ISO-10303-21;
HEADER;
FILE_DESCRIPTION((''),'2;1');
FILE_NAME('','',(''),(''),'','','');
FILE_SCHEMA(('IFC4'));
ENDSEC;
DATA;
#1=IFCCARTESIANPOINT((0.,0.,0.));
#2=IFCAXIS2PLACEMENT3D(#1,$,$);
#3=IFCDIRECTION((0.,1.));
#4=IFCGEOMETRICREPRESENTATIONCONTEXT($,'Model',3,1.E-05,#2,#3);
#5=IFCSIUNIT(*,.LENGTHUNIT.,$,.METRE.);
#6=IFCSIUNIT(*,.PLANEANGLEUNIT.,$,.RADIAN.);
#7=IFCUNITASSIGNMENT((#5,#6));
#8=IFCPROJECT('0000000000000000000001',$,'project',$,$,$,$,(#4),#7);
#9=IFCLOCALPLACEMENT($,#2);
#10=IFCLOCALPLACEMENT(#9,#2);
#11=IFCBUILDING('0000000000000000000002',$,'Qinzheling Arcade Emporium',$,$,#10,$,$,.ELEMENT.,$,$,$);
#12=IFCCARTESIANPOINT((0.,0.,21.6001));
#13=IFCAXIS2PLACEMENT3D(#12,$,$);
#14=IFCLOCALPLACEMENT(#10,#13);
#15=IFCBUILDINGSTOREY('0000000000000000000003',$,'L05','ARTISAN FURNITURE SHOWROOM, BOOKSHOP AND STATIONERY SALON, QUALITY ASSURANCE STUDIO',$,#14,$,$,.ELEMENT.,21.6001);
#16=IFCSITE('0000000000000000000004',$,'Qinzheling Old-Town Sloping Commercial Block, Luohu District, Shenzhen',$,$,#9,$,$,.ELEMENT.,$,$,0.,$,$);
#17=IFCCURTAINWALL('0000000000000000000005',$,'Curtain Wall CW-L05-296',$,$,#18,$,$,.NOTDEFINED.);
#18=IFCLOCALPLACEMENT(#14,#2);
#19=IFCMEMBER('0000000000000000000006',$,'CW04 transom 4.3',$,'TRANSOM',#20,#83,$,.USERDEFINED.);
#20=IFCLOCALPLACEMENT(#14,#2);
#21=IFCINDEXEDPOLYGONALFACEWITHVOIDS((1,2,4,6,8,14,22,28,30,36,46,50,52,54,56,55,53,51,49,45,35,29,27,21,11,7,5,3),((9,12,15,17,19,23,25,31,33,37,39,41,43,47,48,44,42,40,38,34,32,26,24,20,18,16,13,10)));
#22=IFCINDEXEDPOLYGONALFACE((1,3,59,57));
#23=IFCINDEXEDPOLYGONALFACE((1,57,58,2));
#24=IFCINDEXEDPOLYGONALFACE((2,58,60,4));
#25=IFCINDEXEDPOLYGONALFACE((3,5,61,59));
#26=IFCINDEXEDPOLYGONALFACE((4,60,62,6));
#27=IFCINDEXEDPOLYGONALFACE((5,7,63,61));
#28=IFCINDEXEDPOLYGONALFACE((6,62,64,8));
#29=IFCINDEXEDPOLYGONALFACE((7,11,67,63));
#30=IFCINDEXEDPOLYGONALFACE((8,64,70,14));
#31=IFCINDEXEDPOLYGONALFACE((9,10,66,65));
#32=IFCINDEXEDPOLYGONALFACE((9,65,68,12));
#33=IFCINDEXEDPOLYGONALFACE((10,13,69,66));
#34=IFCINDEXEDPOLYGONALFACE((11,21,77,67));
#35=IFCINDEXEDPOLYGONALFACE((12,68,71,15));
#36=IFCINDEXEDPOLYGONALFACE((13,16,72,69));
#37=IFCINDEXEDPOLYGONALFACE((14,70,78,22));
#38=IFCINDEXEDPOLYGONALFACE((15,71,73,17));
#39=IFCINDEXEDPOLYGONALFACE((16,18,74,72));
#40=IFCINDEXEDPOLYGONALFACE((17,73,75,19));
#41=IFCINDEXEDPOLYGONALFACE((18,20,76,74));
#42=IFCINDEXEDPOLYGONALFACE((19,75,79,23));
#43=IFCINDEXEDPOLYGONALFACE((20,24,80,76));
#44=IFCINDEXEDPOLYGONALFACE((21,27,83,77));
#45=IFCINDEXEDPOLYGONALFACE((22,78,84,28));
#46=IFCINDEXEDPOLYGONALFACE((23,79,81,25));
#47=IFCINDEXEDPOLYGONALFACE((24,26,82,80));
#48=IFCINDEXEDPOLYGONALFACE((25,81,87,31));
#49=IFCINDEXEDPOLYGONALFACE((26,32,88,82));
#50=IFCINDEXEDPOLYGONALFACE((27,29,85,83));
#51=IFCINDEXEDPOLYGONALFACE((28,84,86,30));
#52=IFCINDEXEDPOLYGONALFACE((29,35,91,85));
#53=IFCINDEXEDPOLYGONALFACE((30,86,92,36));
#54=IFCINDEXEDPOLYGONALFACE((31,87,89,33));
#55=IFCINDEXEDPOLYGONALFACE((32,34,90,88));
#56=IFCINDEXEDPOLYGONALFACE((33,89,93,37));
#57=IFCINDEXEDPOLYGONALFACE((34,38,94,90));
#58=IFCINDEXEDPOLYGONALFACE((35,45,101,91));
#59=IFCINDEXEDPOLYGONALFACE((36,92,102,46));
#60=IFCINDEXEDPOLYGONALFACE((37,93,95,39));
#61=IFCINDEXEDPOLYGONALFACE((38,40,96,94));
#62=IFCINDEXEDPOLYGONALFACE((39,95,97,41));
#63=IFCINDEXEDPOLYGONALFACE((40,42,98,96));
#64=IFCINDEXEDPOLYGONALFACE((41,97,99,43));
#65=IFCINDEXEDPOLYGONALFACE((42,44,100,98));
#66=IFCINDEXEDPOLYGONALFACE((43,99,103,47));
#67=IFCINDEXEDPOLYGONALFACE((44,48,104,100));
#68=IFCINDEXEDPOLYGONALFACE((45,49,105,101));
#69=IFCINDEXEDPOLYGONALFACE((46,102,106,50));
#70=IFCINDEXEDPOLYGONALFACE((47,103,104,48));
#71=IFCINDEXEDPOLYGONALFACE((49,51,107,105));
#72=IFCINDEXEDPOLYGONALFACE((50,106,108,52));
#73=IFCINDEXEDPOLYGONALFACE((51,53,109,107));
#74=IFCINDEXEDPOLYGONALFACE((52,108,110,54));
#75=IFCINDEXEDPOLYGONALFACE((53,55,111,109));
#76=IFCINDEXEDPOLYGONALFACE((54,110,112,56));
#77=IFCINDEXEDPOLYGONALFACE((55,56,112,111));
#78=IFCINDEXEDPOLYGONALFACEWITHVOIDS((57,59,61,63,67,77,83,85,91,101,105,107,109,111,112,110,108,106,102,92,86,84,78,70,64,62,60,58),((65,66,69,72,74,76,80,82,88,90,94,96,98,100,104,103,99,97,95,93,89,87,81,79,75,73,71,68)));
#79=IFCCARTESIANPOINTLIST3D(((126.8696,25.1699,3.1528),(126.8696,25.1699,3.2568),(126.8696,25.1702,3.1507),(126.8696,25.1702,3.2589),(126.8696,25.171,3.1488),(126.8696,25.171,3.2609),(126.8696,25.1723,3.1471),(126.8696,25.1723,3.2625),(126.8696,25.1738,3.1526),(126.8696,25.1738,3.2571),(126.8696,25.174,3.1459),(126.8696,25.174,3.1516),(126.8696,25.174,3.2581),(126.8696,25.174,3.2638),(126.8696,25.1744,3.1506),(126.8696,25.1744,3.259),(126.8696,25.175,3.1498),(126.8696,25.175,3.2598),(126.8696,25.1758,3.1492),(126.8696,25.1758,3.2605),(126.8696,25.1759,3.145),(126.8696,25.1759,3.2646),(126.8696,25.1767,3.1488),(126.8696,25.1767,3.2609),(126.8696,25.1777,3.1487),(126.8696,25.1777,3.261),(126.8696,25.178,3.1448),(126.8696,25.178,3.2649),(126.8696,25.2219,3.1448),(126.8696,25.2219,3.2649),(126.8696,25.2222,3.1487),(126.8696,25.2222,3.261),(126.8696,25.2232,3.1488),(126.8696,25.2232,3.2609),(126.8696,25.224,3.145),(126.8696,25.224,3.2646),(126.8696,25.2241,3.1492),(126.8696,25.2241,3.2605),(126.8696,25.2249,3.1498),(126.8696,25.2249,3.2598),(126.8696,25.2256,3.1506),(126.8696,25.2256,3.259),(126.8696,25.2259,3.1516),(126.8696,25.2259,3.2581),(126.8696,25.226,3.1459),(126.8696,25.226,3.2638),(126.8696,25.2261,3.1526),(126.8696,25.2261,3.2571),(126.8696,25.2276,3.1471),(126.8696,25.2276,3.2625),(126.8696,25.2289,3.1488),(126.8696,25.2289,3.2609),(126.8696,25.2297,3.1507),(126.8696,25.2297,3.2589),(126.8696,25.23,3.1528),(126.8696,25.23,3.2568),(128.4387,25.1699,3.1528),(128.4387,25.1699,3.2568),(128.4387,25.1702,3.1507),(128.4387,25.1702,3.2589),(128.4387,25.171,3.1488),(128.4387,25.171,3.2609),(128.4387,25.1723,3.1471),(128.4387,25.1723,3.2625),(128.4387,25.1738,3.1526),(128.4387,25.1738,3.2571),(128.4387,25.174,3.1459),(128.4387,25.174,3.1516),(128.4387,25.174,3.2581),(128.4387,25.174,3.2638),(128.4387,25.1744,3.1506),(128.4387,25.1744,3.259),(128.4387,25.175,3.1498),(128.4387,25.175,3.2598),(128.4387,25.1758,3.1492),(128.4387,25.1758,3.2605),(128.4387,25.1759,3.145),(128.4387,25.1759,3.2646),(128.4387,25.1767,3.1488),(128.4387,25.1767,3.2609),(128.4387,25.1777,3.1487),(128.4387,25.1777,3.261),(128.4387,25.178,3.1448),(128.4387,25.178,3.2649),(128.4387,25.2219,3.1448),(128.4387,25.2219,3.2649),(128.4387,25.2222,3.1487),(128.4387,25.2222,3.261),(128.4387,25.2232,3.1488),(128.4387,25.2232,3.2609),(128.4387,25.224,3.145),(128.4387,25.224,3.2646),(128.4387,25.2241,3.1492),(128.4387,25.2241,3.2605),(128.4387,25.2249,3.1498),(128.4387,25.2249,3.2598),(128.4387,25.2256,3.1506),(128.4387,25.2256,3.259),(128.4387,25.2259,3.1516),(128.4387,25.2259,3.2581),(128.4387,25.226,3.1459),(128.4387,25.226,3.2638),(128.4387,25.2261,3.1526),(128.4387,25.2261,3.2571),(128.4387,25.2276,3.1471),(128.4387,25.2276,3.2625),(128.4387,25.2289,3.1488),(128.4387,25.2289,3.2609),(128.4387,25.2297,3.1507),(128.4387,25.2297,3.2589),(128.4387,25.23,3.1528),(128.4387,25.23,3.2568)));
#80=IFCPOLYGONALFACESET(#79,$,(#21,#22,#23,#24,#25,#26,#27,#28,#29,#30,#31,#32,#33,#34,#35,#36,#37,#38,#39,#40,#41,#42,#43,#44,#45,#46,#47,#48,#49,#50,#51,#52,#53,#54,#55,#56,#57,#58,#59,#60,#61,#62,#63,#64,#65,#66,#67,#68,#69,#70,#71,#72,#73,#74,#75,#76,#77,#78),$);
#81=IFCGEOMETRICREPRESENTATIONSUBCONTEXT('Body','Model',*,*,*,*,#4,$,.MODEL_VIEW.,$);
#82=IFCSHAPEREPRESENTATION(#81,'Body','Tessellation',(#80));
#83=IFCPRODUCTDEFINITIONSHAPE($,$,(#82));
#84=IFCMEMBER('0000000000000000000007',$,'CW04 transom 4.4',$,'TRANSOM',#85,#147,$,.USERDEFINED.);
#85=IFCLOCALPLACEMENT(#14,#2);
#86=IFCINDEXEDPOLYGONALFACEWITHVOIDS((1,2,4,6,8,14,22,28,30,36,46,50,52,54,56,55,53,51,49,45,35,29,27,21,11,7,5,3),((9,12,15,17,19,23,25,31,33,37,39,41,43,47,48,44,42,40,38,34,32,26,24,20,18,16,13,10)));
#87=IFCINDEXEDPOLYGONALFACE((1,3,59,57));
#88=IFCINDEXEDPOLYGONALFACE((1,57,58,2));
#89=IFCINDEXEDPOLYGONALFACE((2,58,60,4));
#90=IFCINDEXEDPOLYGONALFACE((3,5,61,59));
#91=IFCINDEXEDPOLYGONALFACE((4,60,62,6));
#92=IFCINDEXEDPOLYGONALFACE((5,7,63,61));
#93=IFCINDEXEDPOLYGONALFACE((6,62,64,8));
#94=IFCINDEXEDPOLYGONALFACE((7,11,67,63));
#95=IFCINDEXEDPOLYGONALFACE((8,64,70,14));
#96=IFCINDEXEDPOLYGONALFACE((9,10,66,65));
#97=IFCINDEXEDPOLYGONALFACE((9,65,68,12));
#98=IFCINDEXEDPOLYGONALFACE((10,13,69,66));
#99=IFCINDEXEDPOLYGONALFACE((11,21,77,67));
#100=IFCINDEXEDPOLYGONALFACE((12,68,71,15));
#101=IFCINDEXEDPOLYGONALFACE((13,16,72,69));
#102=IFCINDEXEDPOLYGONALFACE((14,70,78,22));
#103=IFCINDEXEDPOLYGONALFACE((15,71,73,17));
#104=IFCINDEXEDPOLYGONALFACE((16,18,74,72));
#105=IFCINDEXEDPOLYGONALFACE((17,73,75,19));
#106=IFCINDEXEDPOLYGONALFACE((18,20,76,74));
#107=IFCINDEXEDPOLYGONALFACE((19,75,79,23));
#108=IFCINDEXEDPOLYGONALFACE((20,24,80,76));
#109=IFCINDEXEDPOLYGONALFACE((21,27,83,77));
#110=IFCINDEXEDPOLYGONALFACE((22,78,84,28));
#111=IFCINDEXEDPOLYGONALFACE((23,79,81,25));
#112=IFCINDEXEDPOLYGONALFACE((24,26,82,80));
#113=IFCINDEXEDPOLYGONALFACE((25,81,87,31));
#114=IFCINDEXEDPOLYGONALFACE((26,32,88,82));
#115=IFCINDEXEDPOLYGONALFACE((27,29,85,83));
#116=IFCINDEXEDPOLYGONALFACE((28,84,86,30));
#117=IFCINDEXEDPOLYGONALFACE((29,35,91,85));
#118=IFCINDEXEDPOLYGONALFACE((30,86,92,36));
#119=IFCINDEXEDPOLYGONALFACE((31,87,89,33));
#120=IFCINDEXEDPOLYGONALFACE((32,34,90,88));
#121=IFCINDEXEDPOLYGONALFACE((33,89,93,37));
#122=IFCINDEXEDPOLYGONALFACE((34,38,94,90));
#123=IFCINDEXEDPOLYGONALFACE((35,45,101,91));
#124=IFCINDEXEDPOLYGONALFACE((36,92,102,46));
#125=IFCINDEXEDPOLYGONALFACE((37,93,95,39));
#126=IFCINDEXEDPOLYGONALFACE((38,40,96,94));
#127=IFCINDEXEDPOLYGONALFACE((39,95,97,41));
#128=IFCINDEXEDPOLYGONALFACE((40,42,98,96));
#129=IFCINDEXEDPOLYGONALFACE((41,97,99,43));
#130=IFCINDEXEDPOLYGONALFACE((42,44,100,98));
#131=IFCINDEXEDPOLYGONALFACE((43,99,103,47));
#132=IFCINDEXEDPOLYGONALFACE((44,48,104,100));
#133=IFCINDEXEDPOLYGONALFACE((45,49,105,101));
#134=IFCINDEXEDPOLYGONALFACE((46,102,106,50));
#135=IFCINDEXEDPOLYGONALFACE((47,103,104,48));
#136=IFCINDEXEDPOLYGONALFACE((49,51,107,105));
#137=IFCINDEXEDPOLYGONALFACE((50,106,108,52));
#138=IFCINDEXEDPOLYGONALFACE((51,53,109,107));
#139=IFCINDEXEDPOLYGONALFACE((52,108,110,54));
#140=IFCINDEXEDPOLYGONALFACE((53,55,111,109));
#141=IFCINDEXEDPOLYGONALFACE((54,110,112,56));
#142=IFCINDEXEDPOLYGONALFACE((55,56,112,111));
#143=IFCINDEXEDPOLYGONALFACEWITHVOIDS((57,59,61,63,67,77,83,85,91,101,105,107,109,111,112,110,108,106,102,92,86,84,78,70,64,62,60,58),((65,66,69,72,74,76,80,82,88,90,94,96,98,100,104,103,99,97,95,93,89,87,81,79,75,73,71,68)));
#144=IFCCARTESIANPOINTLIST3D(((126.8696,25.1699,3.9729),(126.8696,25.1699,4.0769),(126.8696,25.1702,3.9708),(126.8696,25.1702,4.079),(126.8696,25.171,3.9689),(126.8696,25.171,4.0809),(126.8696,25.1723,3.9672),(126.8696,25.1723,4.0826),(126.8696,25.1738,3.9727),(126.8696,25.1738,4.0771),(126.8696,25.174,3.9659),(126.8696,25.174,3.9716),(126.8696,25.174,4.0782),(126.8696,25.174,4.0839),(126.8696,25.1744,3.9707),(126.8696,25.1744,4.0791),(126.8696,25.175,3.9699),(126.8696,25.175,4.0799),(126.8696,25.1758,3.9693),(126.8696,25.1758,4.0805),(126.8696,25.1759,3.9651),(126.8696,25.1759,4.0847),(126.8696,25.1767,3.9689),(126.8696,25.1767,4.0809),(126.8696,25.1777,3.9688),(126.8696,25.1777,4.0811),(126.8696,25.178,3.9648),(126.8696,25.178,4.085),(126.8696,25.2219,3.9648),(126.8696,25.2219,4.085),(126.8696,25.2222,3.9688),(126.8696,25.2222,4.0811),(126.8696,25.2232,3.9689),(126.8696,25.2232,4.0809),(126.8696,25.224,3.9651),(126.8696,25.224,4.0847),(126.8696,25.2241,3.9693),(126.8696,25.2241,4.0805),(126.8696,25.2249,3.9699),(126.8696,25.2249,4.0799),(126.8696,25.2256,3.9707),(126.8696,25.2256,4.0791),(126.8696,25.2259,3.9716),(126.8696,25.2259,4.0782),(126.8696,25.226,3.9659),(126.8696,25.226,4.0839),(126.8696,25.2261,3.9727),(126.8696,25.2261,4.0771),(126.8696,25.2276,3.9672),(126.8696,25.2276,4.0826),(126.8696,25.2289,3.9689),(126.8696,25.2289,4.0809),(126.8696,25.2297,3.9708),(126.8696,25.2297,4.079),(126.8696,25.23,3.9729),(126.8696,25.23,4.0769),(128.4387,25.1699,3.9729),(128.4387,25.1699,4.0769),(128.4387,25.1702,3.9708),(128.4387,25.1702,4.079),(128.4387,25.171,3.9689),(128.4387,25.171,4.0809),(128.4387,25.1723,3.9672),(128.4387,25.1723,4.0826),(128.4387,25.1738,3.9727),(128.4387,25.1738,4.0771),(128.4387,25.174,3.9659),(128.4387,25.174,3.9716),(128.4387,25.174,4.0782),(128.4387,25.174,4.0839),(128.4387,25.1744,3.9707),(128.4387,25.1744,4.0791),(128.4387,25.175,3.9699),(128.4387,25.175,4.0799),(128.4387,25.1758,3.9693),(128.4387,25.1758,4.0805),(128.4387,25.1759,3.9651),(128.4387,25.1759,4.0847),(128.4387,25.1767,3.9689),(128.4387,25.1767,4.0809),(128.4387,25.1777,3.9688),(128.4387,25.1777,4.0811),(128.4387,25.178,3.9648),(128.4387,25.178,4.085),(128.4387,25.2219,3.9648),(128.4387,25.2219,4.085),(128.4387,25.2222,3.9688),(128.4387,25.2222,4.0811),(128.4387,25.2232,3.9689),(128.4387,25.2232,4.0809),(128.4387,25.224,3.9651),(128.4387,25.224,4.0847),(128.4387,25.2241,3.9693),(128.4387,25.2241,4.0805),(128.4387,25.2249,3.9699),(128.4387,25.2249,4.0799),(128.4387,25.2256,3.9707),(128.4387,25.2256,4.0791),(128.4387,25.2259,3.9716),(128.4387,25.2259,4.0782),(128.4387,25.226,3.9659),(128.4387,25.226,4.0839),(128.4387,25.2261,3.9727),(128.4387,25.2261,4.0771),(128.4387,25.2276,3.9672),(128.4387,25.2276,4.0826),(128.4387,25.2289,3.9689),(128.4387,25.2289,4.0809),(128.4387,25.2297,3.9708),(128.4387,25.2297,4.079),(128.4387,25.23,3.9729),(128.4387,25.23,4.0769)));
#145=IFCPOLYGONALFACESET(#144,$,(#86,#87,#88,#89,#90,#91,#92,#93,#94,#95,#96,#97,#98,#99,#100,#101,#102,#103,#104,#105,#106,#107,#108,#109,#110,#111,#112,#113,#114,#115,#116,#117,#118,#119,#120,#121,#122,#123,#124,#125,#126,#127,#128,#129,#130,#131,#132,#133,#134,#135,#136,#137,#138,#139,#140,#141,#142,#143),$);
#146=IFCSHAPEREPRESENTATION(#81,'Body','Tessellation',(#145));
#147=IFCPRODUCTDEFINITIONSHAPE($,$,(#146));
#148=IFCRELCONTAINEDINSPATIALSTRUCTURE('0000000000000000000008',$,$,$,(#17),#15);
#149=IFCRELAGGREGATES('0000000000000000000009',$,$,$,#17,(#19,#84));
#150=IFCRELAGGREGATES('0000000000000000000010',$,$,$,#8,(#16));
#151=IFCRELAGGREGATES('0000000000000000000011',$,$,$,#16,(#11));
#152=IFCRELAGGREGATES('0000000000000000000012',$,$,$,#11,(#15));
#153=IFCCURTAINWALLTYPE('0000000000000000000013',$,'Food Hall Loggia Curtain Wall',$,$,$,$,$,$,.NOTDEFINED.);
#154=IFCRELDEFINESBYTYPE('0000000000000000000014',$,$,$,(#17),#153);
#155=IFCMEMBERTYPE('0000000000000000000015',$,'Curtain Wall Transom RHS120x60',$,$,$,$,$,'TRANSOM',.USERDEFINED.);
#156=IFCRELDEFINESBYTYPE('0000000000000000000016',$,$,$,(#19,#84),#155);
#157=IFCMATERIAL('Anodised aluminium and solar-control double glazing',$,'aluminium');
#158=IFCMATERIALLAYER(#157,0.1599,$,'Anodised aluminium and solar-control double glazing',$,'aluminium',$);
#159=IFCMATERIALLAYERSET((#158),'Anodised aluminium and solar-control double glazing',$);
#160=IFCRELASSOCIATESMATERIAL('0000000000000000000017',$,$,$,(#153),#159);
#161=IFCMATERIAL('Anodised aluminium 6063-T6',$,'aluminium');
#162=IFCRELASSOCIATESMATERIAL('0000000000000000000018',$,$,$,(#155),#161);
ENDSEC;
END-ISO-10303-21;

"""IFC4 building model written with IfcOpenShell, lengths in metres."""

from ifc_helpers import new_model, si_unit, direction, frame, origin, origin_2d, place, context, subcontext, project, spatial, hollow_rectangle, extrude, material, layer, layer_set, material_profile, profile_set, type_object, element, aggregate, save


model = new_model("IFC4")

# Units and contexts
model_context = context("Model", 3, precision=1e-05, world=origin(), true_north=direction((0.0, 1.0)))
body_context = subcontext(model_context, "Body", "Model", "MODEL_VIEW")
ifc_project = project(units=[si_unit("LENGTHUNIT", "METRE"), si_unit("PLANEANGLEUNIT", "RADIAN")], contexts=[model_context])

# Site, building, storey
site_placement = place(None, origin())
site = spatial("IfcSite", under=ifc_project, at=site_placement, Name="Qinzheling Old-Town Sloping Commercial Block, Luohu District, Shenzhen", CompositionType="ELEMENT", RefElevation=0.0)
building_placement = place(site_placement, origin())
building = spatial("IfcBuilding", under=site, at=building_placement, Name="Qinzheling Arcade Emporium", CompositionType="ELEMENT")
storey_placement = place(building_placement, frame((0.0, 0.0, 21.6001)))
storey = spatial("IfcBuildingStorey", under=building, at=storey_placement, Name="L05", Description="ARTISAN FURNITURE SHOWROOM, BOOKSHOP AND STATIONERY SALON, QUALITY ASSURANCE STUDIO", CompositionType="ELEMENT", Elevation=21.6001)

# Curtain wall
ifc_material_1 = material(Name="Anodised aluminium and solar-control double glazing", Category="aluminium")
ifc_layer_1 = layer(ifc_material_1, 0.1599, Name="Anodised aluminium and solar-control double glazing", Category="aluminium")
ifc_layer_set_1 = layer_set([ifc_layer_1], Name="Anodised aluminium and solar-control double glazing")
curtain_wall_type = type_object("IfcCurtainWallType", Name="Food Hall Loggia Curtain Wall", PredefinedType="NOTDEFINED", material=ifc_layer_set_1)
curtain_wall_1_placement = place(storey_placement, origin())
curtain_wall_1 = element("IfcCurtainWall", 1, at=curtain_wall_1_placement, inside=storey, type_object=curtain_wall_type, Name="Curtain Wall CW-L05-296", PredefinedType="NOTDEFINED")
ifc_material_2 = material(Name="Anodised aluminium 6063-T6", Category="aluminium")

# Members
ifc_material_profile_1 = material_profile(ifc_material_2, hollow_rectangle(XDim=0.0601, YDim=0.1201, WallThickness=0.0039, InnerFilletRadius=0.0039, OuterFilletRadius=0.0081, at=origin_2d()), Name="RHS 120x60x4", Category="aluminium")
ifc_profile_set_1 = profile_set([ifc_material_profile_1], Name="Anodised aluminium 6063-T6")
member_type_1 = type_object("IfcMemberType", Name="Curtain Wall Transom RHS120x60", ElementType="TRANSOM", PredefinedType="USERDEFINED", material=ifc_profile_set_1)
member_1_placement = place(storey_placement, frame((126.8696, 25.2, 3.2048), z_axis=(1.0, 0.0, 0.0), x_axis=(0.0, 1.0, 0.0)))
member_1 = element("IfcMember", 2, at=member_1_placement, type_object=member_type_1, Name="CW04 transom 4.3", ObjectType="TRANSOM", PredefinedType="USERDEFINED", context=body_context, shape_type="SweptSolid", body=[
    extrude(hollow_rectangle(XDim=0.0601, YDim=0.1201, WallThickness=0.0039, InnerFilletRadius=0.0039, OuterFilletRadius=0.0081, at=origin_2d()), origin(), (0.0, 0.0, 1.0), 1.5691),
])
member_2_placement = place(storey_placement, frame((126.8696, 25.2, 4.0249), z_axis=(1.0, 0.0, 0.0), x_axis=(0.0, 1.0, 0.0)))
member_2 = element("IfcMember", 3, at=member_2_placement, type_object=member_type_1, Name="CW04 transom 4.4", ObjectType="TRANSOM", PredefinedType="USERDEFINED", context=body_context, shape_type="SweptSolid", body=[
    extrude(hollow_rectangle(XDim=0.0601, YDim=0.1201, WallThickness=0.0039, InnerFilletRadius=0.0039, OuterFilletRadius=0.0081, at=origin_2d()), origin(), (0.0, 0.0, 1.0), 1.5691),
])

aggregate(curtain_wall_1, [member_1, member_2])

save(model, "model.ifc")
